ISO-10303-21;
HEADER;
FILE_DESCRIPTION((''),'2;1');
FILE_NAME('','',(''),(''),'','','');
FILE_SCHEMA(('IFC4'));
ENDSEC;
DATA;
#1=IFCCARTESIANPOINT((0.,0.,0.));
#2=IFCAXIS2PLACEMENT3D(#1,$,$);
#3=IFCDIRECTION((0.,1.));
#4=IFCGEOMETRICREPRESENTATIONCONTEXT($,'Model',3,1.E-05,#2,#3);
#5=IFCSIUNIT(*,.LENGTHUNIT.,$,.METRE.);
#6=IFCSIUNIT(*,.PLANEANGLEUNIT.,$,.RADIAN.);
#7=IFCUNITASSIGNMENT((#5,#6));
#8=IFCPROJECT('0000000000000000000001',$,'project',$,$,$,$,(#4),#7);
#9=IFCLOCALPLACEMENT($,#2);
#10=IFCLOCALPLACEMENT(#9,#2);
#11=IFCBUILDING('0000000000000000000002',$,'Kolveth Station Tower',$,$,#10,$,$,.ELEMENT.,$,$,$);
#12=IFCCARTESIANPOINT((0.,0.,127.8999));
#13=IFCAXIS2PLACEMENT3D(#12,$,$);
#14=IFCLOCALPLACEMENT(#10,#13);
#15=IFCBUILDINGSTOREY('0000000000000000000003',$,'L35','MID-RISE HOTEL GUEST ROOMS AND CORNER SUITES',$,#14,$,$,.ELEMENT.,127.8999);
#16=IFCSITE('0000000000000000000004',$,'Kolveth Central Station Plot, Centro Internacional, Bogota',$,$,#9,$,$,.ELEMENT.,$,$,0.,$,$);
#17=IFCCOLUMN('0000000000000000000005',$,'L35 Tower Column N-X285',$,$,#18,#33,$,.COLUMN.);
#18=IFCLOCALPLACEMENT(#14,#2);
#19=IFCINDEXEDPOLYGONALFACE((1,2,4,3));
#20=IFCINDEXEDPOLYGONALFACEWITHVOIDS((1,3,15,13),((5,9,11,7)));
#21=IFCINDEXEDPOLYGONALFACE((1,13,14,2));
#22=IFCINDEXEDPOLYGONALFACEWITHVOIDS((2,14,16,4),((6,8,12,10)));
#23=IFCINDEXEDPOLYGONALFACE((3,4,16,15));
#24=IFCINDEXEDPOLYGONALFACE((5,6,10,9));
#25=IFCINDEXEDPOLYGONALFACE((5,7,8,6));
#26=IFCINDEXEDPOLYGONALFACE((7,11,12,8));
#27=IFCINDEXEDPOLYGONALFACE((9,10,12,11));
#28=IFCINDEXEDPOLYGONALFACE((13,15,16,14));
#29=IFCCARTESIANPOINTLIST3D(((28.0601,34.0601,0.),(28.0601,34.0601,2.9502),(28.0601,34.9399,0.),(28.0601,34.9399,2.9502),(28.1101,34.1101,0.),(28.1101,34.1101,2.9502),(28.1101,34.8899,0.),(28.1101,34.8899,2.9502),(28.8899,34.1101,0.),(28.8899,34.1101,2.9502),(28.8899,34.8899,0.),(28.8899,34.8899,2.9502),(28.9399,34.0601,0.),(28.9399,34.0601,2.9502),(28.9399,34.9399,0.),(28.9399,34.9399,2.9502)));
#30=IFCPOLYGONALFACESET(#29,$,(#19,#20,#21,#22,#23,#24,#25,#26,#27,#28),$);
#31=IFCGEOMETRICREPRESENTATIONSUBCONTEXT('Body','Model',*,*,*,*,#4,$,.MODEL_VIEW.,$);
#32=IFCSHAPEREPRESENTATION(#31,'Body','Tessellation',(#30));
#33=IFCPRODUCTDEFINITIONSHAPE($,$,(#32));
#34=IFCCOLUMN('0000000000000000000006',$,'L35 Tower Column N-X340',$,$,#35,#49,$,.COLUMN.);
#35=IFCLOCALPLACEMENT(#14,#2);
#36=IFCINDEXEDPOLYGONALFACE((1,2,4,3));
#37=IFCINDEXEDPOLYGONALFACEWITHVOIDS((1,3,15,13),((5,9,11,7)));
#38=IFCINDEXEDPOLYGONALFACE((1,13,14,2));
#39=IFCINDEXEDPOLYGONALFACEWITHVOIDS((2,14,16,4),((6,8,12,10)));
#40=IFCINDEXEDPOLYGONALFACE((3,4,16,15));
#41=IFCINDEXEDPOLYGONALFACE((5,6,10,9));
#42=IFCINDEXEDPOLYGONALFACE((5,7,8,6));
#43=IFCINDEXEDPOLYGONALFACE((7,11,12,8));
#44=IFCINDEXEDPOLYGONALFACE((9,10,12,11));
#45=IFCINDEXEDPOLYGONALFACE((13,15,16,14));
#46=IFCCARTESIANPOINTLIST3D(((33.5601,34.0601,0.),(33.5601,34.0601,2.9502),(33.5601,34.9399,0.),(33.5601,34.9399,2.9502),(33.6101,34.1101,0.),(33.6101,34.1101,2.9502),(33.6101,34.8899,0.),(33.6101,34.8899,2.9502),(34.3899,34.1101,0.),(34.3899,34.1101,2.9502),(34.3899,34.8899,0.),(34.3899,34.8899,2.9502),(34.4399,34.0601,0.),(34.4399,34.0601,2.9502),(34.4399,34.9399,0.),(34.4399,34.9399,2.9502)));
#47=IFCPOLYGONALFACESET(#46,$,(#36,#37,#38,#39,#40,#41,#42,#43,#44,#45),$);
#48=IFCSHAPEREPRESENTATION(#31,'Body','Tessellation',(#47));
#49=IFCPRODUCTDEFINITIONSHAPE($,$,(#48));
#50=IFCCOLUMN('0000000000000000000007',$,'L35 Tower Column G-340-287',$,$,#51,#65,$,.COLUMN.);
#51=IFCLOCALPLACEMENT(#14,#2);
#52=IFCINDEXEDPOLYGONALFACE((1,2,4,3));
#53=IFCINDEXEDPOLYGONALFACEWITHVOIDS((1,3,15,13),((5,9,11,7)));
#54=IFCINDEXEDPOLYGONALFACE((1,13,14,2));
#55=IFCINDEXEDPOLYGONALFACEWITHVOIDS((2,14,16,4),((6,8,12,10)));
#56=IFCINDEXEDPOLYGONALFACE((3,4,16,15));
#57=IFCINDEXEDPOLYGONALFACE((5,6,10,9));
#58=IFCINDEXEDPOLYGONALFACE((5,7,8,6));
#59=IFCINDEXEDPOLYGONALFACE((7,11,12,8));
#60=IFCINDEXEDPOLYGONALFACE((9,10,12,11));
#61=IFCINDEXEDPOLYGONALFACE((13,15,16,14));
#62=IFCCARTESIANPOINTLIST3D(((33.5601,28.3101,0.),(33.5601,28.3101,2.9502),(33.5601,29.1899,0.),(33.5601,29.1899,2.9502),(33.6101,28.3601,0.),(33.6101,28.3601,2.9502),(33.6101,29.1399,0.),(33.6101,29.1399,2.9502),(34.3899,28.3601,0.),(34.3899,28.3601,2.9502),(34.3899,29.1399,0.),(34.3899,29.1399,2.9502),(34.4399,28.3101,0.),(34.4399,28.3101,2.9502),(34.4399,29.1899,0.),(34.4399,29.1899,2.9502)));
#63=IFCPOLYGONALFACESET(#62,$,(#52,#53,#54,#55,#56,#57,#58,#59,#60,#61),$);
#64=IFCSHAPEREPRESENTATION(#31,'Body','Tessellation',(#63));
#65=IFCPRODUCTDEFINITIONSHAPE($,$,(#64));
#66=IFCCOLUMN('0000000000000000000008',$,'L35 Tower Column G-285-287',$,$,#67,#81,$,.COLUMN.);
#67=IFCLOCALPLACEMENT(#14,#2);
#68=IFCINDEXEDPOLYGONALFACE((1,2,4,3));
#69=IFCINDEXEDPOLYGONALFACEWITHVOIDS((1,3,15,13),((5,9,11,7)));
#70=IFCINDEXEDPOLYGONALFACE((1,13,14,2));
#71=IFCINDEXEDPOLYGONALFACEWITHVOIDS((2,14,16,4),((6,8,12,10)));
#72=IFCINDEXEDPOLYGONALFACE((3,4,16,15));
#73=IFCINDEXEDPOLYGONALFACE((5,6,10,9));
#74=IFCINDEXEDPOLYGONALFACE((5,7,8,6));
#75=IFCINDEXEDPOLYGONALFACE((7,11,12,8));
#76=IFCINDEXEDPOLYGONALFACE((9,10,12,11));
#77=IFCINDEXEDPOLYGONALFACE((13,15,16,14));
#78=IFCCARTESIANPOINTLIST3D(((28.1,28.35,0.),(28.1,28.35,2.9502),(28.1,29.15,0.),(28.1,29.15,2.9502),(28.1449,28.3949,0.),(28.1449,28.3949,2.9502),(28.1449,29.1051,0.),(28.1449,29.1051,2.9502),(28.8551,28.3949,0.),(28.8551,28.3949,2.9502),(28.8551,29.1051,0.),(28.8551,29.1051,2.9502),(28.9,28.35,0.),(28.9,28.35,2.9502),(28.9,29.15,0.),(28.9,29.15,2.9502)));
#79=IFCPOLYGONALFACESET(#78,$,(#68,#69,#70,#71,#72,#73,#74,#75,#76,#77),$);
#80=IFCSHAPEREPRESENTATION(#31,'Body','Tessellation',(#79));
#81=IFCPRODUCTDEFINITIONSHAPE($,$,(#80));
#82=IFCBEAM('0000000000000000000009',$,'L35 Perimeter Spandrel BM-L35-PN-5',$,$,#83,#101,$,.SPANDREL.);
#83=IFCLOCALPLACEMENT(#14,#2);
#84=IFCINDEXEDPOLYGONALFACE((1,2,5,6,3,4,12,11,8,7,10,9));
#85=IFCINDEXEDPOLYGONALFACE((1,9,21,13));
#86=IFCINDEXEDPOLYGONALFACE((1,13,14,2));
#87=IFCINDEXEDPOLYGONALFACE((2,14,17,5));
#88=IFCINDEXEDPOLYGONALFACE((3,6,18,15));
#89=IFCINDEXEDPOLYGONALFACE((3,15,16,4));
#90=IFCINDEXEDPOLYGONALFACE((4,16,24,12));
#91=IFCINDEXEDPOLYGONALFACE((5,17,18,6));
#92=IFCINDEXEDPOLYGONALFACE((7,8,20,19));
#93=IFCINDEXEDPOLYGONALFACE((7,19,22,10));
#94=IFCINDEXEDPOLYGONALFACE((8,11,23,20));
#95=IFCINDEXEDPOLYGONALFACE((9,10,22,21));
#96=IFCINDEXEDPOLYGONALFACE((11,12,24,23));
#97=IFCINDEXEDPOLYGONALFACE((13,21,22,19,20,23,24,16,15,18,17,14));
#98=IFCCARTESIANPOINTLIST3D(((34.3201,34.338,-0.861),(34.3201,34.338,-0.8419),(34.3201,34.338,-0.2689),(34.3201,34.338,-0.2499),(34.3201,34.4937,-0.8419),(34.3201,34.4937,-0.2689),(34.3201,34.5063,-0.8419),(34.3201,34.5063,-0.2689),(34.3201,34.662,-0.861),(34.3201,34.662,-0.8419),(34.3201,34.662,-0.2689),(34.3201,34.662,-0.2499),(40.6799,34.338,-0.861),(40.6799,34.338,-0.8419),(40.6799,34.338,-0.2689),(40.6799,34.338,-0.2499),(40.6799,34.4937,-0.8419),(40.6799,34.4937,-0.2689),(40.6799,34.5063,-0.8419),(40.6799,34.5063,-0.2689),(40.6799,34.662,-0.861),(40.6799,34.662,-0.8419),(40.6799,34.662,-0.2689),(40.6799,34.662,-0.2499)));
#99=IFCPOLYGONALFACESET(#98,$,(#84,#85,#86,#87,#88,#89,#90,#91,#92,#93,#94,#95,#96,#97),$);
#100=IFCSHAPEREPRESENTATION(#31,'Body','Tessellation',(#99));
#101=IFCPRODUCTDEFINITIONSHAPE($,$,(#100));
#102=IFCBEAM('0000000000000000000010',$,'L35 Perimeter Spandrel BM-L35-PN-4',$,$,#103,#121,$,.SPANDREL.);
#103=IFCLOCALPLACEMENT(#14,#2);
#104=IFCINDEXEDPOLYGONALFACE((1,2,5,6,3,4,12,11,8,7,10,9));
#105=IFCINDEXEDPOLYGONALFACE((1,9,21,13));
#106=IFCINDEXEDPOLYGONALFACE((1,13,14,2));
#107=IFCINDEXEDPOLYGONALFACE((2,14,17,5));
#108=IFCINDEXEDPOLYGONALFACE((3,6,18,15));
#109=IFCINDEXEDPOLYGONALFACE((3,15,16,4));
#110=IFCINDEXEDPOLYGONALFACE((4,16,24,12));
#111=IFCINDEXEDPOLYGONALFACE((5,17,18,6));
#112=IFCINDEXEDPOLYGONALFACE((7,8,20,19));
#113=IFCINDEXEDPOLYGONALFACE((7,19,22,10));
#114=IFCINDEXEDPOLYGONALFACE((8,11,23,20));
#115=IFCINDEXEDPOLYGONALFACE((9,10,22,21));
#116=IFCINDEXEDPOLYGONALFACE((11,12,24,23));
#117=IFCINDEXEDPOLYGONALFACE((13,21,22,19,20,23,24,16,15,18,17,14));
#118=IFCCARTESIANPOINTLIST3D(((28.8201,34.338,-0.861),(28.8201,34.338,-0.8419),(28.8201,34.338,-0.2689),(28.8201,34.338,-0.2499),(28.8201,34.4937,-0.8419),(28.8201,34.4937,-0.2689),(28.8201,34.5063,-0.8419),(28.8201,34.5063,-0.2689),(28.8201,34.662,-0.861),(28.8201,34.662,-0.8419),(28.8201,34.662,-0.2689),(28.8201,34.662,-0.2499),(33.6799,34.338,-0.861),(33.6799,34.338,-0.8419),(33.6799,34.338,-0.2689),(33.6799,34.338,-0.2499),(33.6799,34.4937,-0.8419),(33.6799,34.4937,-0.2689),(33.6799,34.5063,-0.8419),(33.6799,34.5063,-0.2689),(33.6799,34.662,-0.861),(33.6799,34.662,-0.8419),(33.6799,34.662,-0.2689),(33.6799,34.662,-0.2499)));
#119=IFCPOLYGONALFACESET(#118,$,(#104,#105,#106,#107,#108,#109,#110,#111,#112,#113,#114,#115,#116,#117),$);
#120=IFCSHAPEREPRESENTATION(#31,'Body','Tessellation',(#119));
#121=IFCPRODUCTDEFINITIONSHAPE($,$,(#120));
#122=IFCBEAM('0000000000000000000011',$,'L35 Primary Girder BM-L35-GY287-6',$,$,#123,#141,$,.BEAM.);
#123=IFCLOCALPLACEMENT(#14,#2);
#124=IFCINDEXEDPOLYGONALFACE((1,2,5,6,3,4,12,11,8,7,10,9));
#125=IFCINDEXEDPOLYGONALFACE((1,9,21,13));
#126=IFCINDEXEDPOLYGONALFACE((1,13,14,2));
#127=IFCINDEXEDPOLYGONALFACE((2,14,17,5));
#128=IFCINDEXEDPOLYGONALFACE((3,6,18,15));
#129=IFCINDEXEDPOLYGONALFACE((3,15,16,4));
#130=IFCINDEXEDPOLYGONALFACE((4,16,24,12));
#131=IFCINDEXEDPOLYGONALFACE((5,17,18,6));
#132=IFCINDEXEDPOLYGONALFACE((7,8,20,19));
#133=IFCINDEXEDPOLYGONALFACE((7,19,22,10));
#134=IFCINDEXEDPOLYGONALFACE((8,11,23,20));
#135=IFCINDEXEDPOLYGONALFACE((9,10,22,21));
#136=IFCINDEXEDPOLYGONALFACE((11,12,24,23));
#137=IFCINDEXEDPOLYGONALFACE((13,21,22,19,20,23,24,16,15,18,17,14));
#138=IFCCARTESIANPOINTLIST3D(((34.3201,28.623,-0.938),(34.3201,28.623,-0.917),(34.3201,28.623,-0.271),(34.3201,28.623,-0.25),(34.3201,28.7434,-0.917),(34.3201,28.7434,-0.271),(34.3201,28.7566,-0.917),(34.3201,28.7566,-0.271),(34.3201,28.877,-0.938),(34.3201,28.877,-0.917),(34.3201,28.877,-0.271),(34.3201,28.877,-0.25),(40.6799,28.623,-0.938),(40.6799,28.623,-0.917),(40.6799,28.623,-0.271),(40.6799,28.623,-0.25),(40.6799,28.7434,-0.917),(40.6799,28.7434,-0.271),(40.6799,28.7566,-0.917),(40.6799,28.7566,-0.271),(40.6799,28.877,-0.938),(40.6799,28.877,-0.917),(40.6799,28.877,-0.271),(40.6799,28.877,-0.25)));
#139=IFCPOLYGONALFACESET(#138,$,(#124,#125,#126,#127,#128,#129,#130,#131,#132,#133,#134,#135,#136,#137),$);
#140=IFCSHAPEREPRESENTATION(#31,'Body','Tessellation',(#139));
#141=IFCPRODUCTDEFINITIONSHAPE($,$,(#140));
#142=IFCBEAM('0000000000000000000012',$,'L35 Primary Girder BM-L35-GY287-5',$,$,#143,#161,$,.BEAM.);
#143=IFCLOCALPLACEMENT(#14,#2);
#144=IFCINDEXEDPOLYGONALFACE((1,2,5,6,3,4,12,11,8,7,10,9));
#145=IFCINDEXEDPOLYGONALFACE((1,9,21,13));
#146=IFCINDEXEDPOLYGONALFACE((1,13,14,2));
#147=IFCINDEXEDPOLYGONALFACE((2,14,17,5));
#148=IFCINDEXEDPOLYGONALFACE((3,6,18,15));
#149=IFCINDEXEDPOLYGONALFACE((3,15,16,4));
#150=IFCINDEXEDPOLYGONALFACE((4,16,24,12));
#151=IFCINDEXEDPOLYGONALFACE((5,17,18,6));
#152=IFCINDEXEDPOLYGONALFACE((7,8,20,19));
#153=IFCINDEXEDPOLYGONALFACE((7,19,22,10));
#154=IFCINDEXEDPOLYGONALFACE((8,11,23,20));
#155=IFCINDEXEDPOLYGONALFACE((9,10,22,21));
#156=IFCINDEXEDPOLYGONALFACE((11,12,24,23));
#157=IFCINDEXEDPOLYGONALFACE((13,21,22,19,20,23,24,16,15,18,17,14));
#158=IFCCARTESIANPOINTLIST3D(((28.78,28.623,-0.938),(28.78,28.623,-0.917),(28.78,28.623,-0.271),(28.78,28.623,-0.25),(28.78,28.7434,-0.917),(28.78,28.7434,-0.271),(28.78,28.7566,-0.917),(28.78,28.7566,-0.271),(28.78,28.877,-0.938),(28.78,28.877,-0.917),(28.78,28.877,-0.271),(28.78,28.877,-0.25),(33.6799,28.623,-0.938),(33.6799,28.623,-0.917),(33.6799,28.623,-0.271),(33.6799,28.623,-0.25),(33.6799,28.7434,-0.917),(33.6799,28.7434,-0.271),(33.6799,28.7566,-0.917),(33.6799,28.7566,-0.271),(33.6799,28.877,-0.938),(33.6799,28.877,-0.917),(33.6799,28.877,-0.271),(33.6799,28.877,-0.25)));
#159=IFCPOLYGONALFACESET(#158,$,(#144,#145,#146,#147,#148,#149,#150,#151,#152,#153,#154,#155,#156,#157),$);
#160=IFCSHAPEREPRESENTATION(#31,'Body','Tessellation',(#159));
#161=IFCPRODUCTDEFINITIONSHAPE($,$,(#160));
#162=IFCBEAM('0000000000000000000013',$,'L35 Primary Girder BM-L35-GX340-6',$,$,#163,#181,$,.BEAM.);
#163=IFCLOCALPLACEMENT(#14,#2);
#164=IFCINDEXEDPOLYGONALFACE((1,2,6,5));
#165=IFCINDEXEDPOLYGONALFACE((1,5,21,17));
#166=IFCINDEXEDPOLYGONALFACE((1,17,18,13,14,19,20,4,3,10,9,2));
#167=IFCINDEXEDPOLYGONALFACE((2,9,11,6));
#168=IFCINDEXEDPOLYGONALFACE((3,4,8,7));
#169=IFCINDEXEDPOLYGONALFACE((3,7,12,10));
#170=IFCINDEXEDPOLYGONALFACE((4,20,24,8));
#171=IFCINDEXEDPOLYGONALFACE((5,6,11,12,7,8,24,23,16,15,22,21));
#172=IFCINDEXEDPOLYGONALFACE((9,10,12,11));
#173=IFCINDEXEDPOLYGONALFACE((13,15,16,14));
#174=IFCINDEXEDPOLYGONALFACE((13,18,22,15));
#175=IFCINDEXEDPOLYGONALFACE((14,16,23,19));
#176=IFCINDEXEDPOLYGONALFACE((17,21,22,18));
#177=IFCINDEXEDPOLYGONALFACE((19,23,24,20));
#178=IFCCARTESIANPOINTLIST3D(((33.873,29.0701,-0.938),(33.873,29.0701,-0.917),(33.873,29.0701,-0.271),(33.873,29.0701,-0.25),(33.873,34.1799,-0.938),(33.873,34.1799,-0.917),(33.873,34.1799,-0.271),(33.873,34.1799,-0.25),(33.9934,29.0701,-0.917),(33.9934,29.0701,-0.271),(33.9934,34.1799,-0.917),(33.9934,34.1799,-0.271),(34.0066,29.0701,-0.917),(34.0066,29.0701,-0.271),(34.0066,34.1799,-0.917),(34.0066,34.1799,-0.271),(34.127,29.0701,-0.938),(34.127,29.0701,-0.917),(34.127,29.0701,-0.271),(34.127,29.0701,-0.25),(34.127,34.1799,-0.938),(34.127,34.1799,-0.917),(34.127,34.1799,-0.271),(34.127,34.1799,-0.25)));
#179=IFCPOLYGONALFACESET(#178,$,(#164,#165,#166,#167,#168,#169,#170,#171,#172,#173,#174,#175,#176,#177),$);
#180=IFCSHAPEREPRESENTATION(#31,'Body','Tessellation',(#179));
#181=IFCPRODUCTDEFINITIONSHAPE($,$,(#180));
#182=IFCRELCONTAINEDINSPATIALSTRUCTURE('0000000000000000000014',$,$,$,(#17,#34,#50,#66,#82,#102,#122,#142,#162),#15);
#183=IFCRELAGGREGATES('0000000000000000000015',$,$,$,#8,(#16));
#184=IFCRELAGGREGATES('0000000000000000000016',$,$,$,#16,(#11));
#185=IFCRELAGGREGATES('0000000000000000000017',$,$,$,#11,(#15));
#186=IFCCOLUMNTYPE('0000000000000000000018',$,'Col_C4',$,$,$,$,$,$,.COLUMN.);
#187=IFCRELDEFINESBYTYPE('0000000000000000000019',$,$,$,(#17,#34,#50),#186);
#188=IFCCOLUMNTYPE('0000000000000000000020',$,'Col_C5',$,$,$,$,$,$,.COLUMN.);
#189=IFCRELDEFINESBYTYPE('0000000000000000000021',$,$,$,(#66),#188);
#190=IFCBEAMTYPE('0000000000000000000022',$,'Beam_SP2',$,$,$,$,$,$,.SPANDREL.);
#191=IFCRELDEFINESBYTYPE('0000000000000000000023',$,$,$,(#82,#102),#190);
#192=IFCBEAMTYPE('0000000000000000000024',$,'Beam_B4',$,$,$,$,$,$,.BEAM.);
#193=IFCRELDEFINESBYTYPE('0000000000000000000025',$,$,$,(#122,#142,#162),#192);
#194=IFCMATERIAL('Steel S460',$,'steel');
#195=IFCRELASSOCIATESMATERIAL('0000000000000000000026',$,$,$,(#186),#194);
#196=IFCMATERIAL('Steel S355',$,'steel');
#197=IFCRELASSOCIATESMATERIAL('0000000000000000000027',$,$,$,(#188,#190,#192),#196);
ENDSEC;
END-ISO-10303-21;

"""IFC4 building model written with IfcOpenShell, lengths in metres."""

from ifc_helpers import new_model, si_unit, direction, frame, origin, origin_2d, place, context, subcontext, project, spatial, hollow_rectangle, i_section, extrude, source, transform, mapped, material, material_profile, profile_set, type_object, element, save


model = new_model("IFC4")

# Units and contexts
model_context = context("Model", 3, precision=1e-05, world=origin(), true_north=direction((0.0, 1.0)))
body_context = subcontext(model_context, "Body", "Model", "MODEL_VIEW")
ifc_project = project(units=[si_unit("LENGTHUNIT", "METRE"), si_unit("PLANEANGLEUNIT", "RADIAN")], contexts=[model_context])

# Site, building, storey
site_placement = place(None, origin())
site = spatial("IfcSite", under=ifc_project, at=site_placement, Name="Kolveth Central Station Plot, Centro Internacional, Bogota", CompositionType="ELEMENT", RefElevation=0.0)
building_placement = place(site_placement, origin())
building = spatial("IfcBuilding", under=site, at=building_placement, Name="Kolveth Station Tower", CompositionType="ELEMENT")
storey_placement = place(building_placement, frame((0.0, 0.0, 127.8999)))
storey = spatial("IfcBuildingStorey", under=building, at=storey_placement, Name="L35", Description="MID-RISE HOTEL GUEST ROOMS AND CORNER SUITES", CompositionType="ELEMENT", Elevation=127.8999)

# Columns
ifc_material_1 = material(Name="Steel S460", Category="steel")
ifc_material_profile_1 = material_profile(ifc_material_1, hollow_rectangle(XDim=0.8799, YDim=0.8799, WallThickness=0.05, at=origin_2d()), Name="BOX880x880x50")
ifc_profile_set_1 = profile_set([ifc_material_profile_1], Name="Steel S460")
column_type_1 = type_object("IfcColumnType", Name="Col_C4", PredefinedType="COLUMN", material=ifc_profile_set_1)
shared_shape_1 = source(origin(), body_context, "Body", "SweptSolid", [
    extrude(hollow_rectangle(XDim=0.8799, YDim=0.8799, WallThickness=0.05, at=origin_2d()), origin(), (0.0, 0.0, 1.0), 2.9502),
])
for number, where, z_axis, x_axis, name in (
    (1, (28.5, 34.5, 0.0), (0.0, 0.0, 1.0), (1.0, 0.0, 0.0), "L35 Tower Column N-X285"),
    (2, (34.0, 34.5, 0.0), (0.0, 0.0, 1.0), (1.0, 0.0, 0.0), "L35 Tower Column N-X340"),
    (3, (34.0, 28.75, 0.0), (0.0, 0.0, 1.0), (1.0, 0.0, 0.0), "L35 Tower Column G-340-287"),
):
    element("IfcColumn", number, at=place(storey_placement, frame(where, z_axis=z_axis, x_axis=x_axis)), inside=storey, type_object=column_type_1, Name=name, PredefinedType="COLUMN", context=body_context, shape_type="MappedRepresentation", body=[
        mapped(shared_shape_1, transform((0.0, 0.0, 0.0), x_axis=(1.0, 0.0, 0.0), y_axis=(0.0, 1.0, 0.0), z_axis=(0.0, 0.0, 1.0), scale=1.0)),
    ])
ifc_material_2 = material(Name="Steel S355", Category="steel")
ifc_material_profile_2 = material_profile(ifc_material_2, hollow_rectangle(XDim=0.8, YDim=0.8, WallThickness=0.0449, at=origin_2d()), Name="BOX800x800x45")
ifc_profile_set_2 = profile_set([ifc_material_profile_2], Name="Steel S355")
column_type_2 = type_object("IfcColumnType", Name="Col_C5", PredefinedType="COLUMN", material=ifc_profile_set_2)
shared_shape_2 = source(origin(), body_context, "Body", "SweptSolid", [
    extrude(hollow_rectangle(XDim=0.8, YDim=0.8, WallThickness=0.0449, at=origin_2d()), origin(), (0.0, 0.0, 1.0), 2.9502),
])
column_placement = place(storey_placement, frame((28.5, 28.75, 0.0), z_axis=(0.0, 0.0, 1.0), x_axis=(1.0, 0.0, 0.0)))
element("IfcColumn", 4, at=column_placement, inside=storey, type_object=column_type_2, Name="L35 Tower Column G-285-287", PredefinedType="COLUMN", context=body_context, shape_type="MappedRepresentation", body=[
    mapped(shared_shape_2, transform((0.0, 0.0, 0.0), x_axis=(1.0, 0.0, 0.0), y_axis=(0.0, 1.0, 0.0), z_axis=(0.0, 0.0, 1.0), scale=1.0)),
])

# Beams
ifc_material_profile_3 = material_profile(ifc_material_2, i_section(OverallWidth=0.324, OverallDepth=0.6111, WebThickness=0.0127, FlangeThickness=0.019, at=origin_2d()), Name="W610x155")
ifc_profile_set_3 = profile_set([ifc_material_profile_3], Name="Steel S355")
beam_type_1 = type_object("IfcBeamType", Name="Beam_SP2", PredefinedType="SPANDREL", material=ifc_profile_set_3)
shared_shape_3 = source(origin(), body_context, "Body", "SweptSolid", [
    extrude(i_section(OverallWidth=0.324, OverallDepth=0.6111, WebThickness=0.0127, FlangeThickness=0.019, at=origin_2d()), origin(), (0.0, 0.0, 1.0), 6.3599),
])
beam_1_placement = place(storey_placement, frame((34.3201, 34.5, -0.5554), z_axis=(1.0, 0.0, 0.0), x_axis=(0.0, 1.0, 0.0)))
element("IfcBeam", 5, at=beam_1_placement, inside=storey, type_object=beam_type_1, Name="L35 Perimeter Spandrel BM-L35-PN-5", PredefinedType="SPANDREL", context=body_context, shape_type="MappedRepresentation", body=[
    mapped(shared_shape_3, transform((0.0, 0.0, 0.0), x_axis=(1.0, 0.0, 0.0), y_axis=(0.0, 1.0, 0.0), z_axis=(0.0, 0.0, 1.0), scale=1.0)),
])
shared_shape_4 = source(origin(), body_context, "Body", "SweptSolid", [
    extrude(i_section(OverallWidth=0.324, OverallDepth=0.6111, WebThickness=0.0127, FlangeThickness=0.019, at=origin_2d()), origin(), (0.0, 0.0, 1.0), 4.8599),
])
beam_2_placement = place(storey_placement, frame((28.8201, 34.5, -0.5554), z_axis=(1.0, 0.0, 0.0), x_axis=(0.0, 1.0, 0.0)))
element("IfcBeam", 6, at=beam_2_placement, inside=storey, type_object=beam_type_1, Name="L35 Perimeter Spandrel BM-L35-PN-4", PredefinedType="SPANDREL", context=body_context, shape_type="MappedRepresentation", body=[
    mapped(shared_shape_4, transform((0.0, 0.0, 0.0), x_axis=(1.0, 0.0, 0.0), y_axis=(0.0, 1.0, 0.0), z_axis=(0.0, 0.0, 1.0), scale=1.0)),
])
ifc_material_profile_4 = material_profile(ifc_material_2, i_section(OverallWidth=0.2539, OverallDepth=0.688, WebThickness=0.0132, FlangeThickness=0.021, at=origin_2d()), Name="W690x152")
ifc_profile_set_4 = profile_set([ifc_material_profile_4], Name="Steel S355")
beam_type_2 = type_object("IfcBeamType", Name="Beam_B4", PredefinedType="BEAM", material=ifc_profile_set_4)
shared_shape_5 = source(origin(), body_context, "Body", "SweptSolid", [
    extrude(i_section(OverallWidth=0.2539, OverallDepth=0.688, WebThickness=0.0132, FlangeThickness=0.021, at=origin_2d()), origin(), (0.0, 0.0, 1.0), 6.3599),
])
beam_3_placement = place(storey_placement, frame((34.3201, 28.75, -0.594), z_axis=(1.0, 0.0, 0.0), x_axis=(0.0, 1.0, 0.0)))
element("IfcBeam", 7, at=beam_3_placement, inside=storey, type_object=beam_type_2, Name="L35 Primary Girder BM-L35-GY287-6", PredefinedType="BEAM", context=body_context, shape_type="MappedRepresentation", body=[
    mapped(shared_shape_5, transform((0.0, 0.0, 0.0), x_axis=(1.0, 0.0, 0.0), y_axis=(0.0, 1.0, 0.0), z_axis=(0.0, 0.0, 1.0), scale=1.0)),
])
shared_shape_6 = source(origin(), body_context, "Body", "SweptSolid", [
    extrude(i_section(OverallWidth=0.2539, OverallDepth=0.688, WebThickness=0.0132, FlangeThickness=0.021, at=origin_2d()), origin(), (0.0, 0.0, 1.0), 4.8999),
])
beam_4_placement = place(storey_placement, frame((28.78, 28.75, -0.594), z_axis=(1.0, 0.0, 0.0), x_axis=(0.0, 1.0, 0.0)))
element("IfcBeam", 8, at=beam_4_placement, inside=storey, type_object=beam_type_2, Name="L35 Primary Girder BM-L35-GY287-5", PredefinedType="BEAM", context=body_context, shape_type="MappedRepresentation", body=[
    mapped(shared_shape_6, transform((0.0, 0.0, 0.0), x_axis=(1.0, 0.0, 0.0), y_axis=(0.0, 1.0, 0.0), z_axis=(0.0, 0.0, 1.0), scale=1.0)),
])
shared_shape_7 = source(origin(), body_context, "Body", "SweptSolid", [
    extrude(i_section(OverallWidth=0.2539, OverallDepth=0.688, WebThickness=0.0132, FlangeThickness=0.021, at=origin_2d()), origin(), (0.0, 0.0, 1.0), 5.1099),
])
beam_5_placement = place(storey_placement, frame((34.0, 29.0701, -0.594), z_axis=(0.0, 1.0, 0.0), x_axis=(-1.0, 0.0, 0.0)))
element("IfcBeam", 9, at=beam_5_placement, inside=storey, type_object=beam_type_2, Name="L35 Primary Girder BM-L35-GX340-6", PredefinedType="BEAM", context=body_context, shape_type="MappedRepresentation", body=[
    mapped(shared_shape_7, transform((0.0, 0.0, 0.0), x_axis=(1.0, 0.0, 0.0), y_axis=(0.0, 1.0, 0.0), z_axis=(0.0, 0.0, 1.0), scale=1.0)),
])

save(model, "model.ifc")
